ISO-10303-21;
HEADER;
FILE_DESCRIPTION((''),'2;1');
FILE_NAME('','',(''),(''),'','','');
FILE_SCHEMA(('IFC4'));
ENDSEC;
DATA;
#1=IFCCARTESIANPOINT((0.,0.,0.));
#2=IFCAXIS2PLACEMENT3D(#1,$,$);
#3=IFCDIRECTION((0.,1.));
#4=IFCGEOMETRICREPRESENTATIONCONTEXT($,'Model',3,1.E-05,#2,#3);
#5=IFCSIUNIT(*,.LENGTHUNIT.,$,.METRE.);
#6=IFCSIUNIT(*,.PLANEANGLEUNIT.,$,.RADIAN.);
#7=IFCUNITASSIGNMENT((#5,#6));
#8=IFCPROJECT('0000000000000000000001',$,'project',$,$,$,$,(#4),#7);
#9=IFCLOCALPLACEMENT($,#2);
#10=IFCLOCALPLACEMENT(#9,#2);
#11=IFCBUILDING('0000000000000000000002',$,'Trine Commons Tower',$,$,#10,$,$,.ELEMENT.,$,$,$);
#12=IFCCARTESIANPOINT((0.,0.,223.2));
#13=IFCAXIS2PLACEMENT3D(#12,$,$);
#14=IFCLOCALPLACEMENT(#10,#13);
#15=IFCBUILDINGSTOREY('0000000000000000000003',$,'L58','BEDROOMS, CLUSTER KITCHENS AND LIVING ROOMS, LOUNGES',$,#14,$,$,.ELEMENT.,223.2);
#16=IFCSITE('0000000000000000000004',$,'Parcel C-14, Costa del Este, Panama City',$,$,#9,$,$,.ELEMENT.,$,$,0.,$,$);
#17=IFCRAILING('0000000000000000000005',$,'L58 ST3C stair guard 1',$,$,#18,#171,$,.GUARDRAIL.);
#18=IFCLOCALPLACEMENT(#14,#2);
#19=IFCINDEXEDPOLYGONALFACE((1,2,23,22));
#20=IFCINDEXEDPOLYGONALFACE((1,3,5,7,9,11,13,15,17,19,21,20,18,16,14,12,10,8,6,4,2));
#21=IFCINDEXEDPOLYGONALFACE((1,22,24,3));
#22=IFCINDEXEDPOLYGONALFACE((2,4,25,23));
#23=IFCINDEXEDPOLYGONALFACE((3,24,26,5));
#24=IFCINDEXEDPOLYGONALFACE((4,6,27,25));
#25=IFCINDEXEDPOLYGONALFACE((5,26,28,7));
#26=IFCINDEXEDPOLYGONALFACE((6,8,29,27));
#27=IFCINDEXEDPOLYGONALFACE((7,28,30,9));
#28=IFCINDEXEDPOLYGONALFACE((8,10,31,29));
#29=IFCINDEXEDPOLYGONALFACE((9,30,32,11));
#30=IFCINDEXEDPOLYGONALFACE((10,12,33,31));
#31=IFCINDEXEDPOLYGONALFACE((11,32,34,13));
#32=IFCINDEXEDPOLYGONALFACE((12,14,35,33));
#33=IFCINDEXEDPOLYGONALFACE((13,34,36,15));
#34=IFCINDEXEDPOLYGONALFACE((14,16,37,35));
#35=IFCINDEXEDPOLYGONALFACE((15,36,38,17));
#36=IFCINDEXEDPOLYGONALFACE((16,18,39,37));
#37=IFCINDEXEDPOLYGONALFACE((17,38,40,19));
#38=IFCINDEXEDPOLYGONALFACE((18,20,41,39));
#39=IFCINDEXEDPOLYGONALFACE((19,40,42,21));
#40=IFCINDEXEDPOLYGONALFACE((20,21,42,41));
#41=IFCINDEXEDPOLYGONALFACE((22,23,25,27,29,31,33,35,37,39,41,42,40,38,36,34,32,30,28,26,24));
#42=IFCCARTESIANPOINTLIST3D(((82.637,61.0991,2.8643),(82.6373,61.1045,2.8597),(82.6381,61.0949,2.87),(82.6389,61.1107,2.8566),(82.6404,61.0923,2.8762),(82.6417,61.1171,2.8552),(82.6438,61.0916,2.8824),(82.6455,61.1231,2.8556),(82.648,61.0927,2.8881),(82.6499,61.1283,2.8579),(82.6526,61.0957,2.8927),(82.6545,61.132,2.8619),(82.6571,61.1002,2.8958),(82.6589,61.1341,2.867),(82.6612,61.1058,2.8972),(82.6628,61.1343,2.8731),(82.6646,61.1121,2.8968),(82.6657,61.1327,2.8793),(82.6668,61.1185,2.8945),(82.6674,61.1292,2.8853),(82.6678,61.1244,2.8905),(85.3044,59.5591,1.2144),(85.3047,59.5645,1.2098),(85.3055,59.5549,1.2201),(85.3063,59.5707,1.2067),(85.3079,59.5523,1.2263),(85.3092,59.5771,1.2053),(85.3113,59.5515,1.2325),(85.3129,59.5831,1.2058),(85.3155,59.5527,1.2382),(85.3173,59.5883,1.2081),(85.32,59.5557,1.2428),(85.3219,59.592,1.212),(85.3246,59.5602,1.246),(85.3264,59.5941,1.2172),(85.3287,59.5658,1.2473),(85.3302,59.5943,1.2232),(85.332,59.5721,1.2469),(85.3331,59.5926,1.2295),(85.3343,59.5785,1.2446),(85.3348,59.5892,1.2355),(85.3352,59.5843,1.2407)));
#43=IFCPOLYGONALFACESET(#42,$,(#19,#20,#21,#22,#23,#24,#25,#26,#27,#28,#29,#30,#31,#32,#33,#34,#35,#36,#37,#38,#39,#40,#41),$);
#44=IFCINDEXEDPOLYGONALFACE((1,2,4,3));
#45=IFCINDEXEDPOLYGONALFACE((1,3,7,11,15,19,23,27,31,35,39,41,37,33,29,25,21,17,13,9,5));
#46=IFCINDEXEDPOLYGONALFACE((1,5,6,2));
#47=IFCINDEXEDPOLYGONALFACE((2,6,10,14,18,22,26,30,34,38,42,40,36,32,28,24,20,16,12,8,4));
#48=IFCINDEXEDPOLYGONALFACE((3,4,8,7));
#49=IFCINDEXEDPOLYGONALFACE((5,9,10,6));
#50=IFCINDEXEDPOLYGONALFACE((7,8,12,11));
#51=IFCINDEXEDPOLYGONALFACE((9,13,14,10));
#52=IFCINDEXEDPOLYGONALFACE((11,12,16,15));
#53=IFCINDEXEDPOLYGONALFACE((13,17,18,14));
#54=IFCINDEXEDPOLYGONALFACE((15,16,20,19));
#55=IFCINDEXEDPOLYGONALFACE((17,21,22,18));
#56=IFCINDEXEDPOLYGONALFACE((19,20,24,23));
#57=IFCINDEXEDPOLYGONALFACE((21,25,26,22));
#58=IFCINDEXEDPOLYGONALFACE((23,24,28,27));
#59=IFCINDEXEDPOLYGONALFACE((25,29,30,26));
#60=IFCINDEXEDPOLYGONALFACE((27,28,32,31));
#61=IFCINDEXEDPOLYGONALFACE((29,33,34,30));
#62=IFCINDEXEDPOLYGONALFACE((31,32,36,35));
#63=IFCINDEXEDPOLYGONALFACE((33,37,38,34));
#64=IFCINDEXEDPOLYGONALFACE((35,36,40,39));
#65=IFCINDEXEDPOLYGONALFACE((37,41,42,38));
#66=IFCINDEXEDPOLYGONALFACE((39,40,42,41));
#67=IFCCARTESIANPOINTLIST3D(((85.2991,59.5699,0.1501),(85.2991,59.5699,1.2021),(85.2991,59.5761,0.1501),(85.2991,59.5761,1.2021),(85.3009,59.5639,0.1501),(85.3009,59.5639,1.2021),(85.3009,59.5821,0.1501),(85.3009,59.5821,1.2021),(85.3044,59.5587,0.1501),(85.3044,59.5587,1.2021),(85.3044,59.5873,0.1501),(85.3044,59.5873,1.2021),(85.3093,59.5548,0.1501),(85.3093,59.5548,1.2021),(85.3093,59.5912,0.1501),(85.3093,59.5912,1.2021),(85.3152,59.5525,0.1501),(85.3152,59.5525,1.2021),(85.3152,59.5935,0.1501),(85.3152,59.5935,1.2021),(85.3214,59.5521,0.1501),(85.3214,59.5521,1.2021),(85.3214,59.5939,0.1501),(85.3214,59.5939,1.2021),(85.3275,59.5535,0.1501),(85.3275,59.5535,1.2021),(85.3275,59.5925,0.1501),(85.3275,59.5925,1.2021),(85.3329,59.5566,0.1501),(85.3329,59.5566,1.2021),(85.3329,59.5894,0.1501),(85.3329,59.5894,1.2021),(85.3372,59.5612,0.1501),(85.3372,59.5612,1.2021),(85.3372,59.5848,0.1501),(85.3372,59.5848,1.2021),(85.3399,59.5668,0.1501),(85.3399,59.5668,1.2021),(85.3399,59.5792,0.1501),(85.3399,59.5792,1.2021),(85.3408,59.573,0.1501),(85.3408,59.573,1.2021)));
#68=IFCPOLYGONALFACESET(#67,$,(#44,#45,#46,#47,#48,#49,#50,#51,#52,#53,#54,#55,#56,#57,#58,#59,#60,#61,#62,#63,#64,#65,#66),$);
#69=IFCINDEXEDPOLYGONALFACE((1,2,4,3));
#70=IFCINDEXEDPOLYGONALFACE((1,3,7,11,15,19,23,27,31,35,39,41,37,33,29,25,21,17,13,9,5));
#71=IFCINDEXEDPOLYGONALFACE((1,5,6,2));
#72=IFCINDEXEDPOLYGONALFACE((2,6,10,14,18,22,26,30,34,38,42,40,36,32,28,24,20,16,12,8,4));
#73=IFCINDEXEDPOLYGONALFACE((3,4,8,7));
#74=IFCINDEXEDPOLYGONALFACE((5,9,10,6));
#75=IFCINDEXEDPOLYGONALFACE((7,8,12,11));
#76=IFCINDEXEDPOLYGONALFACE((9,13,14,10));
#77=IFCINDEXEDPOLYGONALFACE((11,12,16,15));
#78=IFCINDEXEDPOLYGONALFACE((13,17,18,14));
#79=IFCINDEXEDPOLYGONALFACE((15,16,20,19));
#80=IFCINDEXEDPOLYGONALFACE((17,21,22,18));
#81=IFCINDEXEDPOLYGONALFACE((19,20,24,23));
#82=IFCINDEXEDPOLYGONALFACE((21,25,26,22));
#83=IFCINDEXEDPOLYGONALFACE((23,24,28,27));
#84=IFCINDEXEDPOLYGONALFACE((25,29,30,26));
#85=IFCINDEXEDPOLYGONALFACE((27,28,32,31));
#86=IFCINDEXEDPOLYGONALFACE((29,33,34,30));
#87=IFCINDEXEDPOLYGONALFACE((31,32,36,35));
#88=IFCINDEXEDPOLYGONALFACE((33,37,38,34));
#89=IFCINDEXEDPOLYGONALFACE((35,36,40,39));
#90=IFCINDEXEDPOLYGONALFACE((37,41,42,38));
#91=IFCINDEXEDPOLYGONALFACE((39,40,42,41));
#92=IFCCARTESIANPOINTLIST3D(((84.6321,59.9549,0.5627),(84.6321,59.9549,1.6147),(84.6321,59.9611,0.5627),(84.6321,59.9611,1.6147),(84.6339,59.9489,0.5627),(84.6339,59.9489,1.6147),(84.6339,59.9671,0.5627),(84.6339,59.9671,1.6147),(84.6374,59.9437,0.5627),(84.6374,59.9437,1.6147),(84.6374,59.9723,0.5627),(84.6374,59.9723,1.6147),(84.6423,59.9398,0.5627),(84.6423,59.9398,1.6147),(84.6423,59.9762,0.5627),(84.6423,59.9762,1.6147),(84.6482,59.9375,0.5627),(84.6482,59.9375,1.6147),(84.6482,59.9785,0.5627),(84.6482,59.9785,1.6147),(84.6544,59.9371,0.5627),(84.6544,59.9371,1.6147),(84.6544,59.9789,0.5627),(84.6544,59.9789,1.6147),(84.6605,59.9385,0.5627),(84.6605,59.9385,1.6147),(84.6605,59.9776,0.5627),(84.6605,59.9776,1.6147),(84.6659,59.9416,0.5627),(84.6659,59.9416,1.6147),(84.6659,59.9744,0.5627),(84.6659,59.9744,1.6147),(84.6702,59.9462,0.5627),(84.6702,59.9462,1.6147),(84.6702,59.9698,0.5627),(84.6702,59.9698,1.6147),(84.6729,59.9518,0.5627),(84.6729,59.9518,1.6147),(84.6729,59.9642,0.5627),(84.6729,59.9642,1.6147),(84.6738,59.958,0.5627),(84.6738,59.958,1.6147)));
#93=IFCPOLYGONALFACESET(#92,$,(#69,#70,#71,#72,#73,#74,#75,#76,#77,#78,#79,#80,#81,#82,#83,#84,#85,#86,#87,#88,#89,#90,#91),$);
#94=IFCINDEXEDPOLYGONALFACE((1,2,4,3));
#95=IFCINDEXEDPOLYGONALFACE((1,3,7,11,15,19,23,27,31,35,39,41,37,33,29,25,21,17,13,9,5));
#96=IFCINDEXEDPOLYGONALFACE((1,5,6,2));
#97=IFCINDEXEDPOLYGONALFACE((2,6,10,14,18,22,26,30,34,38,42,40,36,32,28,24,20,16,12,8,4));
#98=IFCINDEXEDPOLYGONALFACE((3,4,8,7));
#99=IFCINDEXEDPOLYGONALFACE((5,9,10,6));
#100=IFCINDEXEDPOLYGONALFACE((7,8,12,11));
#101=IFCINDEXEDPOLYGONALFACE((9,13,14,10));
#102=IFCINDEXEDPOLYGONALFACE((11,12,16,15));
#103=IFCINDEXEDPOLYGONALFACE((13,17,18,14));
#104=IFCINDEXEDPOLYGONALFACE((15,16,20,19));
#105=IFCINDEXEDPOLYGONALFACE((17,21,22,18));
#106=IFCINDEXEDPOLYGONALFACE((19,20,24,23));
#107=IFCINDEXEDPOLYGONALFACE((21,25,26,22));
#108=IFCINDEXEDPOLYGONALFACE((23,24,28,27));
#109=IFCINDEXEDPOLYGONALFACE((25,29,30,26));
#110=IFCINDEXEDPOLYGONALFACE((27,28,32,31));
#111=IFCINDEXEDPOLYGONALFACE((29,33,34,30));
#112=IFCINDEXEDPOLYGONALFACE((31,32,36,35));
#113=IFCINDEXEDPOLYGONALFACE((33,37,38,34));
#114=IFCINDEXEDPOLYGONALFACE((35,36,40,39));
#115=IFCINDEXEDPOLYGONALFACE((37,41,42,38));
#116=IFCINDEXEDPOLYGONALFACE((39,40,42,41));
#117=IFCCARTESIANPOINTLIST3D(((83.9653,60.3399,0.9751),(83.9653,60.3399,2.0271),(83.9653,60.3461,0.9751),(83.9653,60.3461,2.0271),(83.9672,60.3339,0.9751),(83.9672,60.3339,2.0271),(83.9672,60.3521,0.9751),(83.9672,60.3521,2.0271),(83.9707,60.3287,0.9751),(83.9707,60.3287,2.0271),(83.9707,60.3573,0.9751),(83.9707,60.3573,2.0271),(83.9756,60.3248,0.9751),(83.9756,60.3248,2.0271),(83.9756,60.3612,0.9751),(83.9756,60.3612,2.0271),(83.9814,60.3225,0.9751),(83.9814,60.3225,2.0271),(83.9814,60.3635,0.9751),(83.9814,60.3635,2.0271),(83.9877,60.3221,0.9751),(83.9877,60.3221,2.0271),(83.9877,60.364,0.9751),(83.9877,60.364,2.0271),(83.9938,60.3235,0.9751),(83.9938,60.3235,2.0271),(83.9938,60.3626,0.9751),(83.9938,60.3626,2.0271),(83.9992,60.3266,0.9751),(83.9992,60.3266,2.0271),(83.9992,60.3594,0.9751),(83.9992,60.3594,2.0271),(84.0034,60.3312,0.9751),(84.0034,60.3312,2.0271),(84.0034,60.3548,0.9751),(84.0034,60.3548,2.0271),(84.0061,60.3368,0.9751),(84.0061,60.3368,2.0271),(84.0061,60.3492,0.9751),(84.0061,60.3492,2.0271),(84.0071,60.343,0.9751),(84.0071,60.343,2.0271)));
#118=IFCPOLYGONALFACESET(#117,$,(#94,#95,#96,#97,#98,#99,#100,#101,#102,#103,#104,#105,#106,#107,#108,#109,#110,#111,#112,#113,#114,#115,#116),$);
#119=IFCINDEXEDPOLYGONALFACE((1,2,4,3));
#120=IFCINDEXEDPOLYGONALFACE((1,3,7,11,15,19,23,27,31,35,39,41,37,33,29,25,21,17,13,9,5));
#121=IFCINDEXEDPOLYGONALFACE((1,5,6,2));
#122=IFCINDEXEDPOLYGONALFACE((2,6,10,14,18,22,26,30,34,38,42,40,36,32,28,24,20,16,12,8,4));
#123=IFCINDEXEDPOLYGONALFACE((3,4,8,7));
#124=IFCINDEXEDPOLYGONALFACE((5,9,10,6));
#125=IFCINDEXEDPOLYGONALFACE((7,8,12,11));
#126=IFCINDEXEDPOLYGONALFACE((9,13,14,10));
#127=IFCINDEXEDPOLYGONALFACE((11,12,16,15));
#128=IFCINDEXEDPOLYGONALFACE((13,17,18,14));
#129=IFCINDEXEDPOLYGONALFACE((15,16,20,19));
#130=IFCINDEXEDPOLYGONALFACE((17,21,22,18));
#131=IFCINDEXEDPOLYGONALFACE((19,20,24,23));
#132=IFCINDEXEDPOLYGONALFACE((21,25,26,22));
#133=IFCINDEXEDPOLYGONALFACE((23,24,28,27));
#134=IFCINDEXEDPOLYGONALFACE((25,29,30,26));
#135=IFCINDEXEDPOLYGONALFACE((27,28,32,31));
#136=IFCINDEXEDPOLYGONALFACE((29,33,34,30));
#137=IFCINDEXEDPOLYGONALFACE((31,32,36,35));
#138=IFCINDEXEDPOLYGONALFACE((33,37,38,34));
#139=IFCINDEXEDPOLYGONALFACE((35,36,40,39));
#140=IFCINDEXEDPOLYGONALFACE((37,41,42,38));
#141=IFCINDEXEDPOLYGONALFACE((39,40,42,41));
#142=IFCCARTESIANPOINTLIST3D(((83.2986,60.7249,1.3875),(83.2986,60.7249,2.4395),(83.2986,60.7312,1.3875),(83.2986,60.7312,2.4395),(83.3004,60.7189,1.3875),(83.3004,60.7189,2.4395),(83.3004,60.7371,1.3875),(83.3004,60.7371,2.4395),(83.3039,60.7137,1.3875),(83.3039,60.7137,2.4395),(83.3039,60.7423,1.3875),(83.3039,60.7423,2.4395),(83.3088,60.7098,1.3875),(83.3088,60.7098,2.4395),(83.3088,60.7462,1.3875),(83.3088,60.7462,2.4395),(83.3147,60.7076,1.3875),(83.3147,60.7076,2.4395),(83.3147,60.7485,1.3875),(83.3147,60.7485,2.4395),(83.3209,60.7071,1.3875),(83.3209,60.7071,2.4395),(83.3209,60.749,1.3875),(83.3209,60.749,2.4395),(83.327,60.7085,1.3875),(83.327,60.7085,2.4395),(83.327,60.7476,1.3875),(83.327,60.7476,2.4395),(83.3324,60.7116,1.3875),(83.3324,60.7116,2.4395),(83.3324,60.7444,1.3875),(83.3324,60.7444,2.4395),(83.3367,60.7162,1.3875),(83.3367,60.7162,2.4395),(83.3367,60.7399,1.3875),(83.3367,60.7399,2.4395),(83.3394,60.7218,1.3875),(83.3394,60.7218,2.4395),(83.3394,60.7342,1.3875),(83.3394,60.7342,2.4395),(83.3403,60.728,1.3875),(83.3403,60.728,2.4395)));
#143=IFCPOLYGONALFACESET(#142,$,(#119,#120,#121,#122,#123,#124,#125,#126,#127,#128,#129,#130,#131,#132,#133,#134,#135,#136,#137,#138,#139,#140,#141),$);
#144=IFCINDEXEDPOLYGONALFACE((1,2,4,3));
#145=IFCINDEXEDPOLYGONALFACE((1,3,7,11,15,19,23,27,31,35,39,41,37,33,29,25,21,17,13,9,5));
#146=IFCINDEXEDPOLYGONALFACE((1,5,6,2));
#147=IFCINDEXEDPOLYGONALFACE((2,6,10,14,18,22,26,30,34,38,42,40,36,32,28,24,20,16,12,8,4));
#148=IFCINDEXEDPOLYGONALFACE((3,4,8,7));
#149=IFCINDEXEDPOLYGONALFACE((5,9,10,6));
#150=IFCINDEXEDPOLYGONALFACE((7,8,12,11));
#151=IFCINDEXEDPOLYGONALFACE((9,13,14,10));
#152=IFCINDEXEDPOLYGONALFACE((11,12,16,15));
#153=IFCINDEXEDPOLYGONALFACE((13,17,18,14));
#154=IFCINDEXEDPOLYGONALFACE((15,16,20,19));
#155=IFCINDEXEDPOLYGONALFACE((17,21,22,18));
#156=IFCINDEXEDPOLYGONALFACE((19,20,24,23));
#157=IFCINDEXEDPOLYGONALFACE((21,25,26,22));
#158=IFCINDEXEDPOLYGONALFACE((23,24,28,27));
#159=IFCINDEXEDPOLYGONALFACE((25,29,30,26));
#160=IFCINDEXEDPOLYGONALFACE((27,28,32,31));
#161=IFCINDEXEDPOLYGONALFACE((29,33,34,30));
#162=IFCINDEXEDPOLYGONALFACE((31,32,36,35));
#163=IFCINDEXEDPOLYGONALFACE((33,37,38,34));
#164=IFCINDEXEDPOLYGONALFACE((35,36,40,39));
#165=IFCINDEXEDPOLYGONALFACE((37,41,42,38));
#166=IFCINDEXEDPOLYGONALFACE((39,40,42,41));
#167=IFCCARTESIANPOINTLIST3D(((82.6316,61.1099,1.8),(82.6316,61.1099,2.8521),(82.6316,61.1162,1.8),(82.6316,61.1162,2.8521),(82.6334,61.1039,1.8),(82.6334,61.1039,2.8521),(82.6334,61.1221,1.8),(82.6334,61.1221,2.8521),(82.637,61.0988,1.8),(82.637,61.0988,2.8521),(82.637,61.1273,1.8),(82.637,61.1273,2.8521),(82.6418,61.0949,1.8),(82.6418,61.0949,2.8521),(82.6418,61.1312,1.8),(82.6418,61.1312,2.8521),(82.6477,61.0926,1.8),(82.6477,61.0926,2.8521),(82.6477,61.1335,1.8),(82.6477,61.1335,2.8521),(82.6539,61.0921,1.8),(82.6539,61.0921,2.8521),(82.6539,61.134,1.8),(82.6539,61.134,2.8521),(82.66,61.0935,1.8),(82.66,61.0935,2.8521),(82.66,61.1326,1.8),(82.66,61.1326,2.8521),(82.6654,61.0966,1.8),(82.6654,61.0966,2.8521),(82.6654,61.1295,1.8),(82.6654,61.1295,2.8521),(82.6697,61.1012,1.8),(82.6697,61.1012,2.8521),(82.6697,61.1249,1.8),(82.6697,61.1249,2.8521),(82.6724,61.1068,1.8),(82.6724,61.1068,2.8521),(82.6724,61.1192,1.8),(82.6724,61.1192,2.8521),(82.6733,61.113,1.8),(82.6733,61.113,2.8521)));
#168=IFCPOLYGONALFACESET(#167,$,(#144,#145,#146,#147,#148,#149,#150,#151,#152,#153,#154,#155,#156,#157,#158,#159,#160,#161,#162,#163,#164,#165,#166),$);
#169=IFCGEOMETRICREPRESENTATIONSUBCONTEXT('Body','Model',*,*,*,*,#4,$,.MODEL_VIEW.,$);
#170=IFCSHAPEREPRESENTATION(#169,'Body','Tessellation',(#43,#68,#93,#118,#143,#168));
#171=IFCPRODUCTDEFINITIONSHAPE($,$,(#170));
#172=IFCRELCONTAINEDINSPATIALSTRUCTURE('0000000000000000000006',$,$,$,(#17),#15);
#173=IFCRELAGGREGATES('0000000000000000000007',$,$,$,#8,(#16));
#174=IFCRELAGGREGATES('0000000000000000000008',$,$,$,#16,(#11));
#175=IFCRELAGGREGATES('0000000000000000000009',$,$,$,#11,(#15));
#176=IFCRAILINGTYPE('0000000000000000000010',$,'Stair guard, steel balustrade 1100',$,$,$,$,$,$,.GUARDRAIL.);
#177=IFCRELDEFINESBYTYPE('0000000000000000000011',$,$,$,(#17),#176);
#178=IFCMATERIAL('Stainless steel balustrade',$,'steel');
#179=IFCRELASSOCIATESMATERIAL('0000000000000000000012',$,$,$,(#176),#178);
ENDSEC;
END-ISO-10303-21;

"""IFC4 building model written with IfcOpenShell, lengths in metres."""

from ifc_helpers import new_model, si_unit, direction, frame, origin, origin_2d, place, context, subcontext, project, spatial, circle, extrude, material, type_object, element, save


model = new_model("IFC4")

# Units and contexts
model_context = context("Model", 3, precision=1e-05, world=origin(), true_north=direction((0.0, 1.0)))
body_context = subcontext(model_context, "Body", "Model", "MODEL_VIEW")
ifc_project = project(units=[si_unit("LENGTHUNIT", "METRE"), si_unit("PLANEANGLEUNIT", "RADIAN")], contexts=[model_context])

# Site, building, storey
site_placement = place(None, origin())
site = spatial("IfcSite", under=ifc_project, at=site_placement, Name="Parcel C-14, Costa del Este, Panama City", CompositionType="ELEMENT", RefElevation=0.0)
building_placement = place(site_placement, origin())
building = spatial("IfcBuilding", under=site, at=building_placement, Name="Trine Commons Tower", CompositionType="ELEMENT")
storey_placement = place(building_placement, frame((0.0, 0.0, 223.2)))
storey = spatial("IfcBuildingStorey", under=building, at=storey_placement, Name="L58", Description="BEDROOMS, CLUSTER KITCHENS AND LIVING ROOMS, LOUNGES", CompositionType="ELEMENT", Elevation=223.2)

# Railing
ifc_material_1 = material(Name="Stainless steel balustrade", Category="steel")
railing_type_1 = type_object("IfcRailingType", Name="Stair guard, steel balustrade 1100", PredefinedType="GUARDRAIL", material=ifc_material_1)
railing_1_placement = place(storey_placement, frame((85.3198, 59.573, 0.1501)))
element("IfcRailing", 1, at=railing_1_placement, inside=storey, type_object=railing_type_1, Name="L58 ST3C stair guard 1", PredefinedType="GUARDRAIL", context=body_context, shape_type="SweptSolid", body=[
    extrude(circle(Radius=0.0239, at=origin_2d()), frame((0.0, 0.0, 1.0762), z_axis=(-0.763405, 0.440743, 0.472185), x_axis=(-0.499992, -0.86603, 0.0)), (0.0, 0.0, 1.0), 3.4941),
    extrude(circle(Radius=0.021, at=origin_2d()), origin(), (0.0, 0.0, 1.0), 1.052),
    extrude(circle(Radius=0.021, at=origin_2d()), frame((-0.667, 0.385, 0.4126)), (0.0, 0.0, 1.0), 1.052),
    extrude(circle(Radius=0.021, at=origin_2d()), frame((-1.3337, 0.77, 0.825)), (0.0, 0.0, 1.0), 1.052),
    extrude(circle(Radius=0.021, at=origin_2d()), frame((-2.0005, 1.155, 1.2373)), (0.0, 0.0, 1.0), 1.052),
    extrude(circle(Radius=0.021, at=origin_2d()), frame((-2.6675, 1.54, 1.6499)), (0.0, 0.0, 1.0), 1.052),
])

save(model, "model.ifc")
